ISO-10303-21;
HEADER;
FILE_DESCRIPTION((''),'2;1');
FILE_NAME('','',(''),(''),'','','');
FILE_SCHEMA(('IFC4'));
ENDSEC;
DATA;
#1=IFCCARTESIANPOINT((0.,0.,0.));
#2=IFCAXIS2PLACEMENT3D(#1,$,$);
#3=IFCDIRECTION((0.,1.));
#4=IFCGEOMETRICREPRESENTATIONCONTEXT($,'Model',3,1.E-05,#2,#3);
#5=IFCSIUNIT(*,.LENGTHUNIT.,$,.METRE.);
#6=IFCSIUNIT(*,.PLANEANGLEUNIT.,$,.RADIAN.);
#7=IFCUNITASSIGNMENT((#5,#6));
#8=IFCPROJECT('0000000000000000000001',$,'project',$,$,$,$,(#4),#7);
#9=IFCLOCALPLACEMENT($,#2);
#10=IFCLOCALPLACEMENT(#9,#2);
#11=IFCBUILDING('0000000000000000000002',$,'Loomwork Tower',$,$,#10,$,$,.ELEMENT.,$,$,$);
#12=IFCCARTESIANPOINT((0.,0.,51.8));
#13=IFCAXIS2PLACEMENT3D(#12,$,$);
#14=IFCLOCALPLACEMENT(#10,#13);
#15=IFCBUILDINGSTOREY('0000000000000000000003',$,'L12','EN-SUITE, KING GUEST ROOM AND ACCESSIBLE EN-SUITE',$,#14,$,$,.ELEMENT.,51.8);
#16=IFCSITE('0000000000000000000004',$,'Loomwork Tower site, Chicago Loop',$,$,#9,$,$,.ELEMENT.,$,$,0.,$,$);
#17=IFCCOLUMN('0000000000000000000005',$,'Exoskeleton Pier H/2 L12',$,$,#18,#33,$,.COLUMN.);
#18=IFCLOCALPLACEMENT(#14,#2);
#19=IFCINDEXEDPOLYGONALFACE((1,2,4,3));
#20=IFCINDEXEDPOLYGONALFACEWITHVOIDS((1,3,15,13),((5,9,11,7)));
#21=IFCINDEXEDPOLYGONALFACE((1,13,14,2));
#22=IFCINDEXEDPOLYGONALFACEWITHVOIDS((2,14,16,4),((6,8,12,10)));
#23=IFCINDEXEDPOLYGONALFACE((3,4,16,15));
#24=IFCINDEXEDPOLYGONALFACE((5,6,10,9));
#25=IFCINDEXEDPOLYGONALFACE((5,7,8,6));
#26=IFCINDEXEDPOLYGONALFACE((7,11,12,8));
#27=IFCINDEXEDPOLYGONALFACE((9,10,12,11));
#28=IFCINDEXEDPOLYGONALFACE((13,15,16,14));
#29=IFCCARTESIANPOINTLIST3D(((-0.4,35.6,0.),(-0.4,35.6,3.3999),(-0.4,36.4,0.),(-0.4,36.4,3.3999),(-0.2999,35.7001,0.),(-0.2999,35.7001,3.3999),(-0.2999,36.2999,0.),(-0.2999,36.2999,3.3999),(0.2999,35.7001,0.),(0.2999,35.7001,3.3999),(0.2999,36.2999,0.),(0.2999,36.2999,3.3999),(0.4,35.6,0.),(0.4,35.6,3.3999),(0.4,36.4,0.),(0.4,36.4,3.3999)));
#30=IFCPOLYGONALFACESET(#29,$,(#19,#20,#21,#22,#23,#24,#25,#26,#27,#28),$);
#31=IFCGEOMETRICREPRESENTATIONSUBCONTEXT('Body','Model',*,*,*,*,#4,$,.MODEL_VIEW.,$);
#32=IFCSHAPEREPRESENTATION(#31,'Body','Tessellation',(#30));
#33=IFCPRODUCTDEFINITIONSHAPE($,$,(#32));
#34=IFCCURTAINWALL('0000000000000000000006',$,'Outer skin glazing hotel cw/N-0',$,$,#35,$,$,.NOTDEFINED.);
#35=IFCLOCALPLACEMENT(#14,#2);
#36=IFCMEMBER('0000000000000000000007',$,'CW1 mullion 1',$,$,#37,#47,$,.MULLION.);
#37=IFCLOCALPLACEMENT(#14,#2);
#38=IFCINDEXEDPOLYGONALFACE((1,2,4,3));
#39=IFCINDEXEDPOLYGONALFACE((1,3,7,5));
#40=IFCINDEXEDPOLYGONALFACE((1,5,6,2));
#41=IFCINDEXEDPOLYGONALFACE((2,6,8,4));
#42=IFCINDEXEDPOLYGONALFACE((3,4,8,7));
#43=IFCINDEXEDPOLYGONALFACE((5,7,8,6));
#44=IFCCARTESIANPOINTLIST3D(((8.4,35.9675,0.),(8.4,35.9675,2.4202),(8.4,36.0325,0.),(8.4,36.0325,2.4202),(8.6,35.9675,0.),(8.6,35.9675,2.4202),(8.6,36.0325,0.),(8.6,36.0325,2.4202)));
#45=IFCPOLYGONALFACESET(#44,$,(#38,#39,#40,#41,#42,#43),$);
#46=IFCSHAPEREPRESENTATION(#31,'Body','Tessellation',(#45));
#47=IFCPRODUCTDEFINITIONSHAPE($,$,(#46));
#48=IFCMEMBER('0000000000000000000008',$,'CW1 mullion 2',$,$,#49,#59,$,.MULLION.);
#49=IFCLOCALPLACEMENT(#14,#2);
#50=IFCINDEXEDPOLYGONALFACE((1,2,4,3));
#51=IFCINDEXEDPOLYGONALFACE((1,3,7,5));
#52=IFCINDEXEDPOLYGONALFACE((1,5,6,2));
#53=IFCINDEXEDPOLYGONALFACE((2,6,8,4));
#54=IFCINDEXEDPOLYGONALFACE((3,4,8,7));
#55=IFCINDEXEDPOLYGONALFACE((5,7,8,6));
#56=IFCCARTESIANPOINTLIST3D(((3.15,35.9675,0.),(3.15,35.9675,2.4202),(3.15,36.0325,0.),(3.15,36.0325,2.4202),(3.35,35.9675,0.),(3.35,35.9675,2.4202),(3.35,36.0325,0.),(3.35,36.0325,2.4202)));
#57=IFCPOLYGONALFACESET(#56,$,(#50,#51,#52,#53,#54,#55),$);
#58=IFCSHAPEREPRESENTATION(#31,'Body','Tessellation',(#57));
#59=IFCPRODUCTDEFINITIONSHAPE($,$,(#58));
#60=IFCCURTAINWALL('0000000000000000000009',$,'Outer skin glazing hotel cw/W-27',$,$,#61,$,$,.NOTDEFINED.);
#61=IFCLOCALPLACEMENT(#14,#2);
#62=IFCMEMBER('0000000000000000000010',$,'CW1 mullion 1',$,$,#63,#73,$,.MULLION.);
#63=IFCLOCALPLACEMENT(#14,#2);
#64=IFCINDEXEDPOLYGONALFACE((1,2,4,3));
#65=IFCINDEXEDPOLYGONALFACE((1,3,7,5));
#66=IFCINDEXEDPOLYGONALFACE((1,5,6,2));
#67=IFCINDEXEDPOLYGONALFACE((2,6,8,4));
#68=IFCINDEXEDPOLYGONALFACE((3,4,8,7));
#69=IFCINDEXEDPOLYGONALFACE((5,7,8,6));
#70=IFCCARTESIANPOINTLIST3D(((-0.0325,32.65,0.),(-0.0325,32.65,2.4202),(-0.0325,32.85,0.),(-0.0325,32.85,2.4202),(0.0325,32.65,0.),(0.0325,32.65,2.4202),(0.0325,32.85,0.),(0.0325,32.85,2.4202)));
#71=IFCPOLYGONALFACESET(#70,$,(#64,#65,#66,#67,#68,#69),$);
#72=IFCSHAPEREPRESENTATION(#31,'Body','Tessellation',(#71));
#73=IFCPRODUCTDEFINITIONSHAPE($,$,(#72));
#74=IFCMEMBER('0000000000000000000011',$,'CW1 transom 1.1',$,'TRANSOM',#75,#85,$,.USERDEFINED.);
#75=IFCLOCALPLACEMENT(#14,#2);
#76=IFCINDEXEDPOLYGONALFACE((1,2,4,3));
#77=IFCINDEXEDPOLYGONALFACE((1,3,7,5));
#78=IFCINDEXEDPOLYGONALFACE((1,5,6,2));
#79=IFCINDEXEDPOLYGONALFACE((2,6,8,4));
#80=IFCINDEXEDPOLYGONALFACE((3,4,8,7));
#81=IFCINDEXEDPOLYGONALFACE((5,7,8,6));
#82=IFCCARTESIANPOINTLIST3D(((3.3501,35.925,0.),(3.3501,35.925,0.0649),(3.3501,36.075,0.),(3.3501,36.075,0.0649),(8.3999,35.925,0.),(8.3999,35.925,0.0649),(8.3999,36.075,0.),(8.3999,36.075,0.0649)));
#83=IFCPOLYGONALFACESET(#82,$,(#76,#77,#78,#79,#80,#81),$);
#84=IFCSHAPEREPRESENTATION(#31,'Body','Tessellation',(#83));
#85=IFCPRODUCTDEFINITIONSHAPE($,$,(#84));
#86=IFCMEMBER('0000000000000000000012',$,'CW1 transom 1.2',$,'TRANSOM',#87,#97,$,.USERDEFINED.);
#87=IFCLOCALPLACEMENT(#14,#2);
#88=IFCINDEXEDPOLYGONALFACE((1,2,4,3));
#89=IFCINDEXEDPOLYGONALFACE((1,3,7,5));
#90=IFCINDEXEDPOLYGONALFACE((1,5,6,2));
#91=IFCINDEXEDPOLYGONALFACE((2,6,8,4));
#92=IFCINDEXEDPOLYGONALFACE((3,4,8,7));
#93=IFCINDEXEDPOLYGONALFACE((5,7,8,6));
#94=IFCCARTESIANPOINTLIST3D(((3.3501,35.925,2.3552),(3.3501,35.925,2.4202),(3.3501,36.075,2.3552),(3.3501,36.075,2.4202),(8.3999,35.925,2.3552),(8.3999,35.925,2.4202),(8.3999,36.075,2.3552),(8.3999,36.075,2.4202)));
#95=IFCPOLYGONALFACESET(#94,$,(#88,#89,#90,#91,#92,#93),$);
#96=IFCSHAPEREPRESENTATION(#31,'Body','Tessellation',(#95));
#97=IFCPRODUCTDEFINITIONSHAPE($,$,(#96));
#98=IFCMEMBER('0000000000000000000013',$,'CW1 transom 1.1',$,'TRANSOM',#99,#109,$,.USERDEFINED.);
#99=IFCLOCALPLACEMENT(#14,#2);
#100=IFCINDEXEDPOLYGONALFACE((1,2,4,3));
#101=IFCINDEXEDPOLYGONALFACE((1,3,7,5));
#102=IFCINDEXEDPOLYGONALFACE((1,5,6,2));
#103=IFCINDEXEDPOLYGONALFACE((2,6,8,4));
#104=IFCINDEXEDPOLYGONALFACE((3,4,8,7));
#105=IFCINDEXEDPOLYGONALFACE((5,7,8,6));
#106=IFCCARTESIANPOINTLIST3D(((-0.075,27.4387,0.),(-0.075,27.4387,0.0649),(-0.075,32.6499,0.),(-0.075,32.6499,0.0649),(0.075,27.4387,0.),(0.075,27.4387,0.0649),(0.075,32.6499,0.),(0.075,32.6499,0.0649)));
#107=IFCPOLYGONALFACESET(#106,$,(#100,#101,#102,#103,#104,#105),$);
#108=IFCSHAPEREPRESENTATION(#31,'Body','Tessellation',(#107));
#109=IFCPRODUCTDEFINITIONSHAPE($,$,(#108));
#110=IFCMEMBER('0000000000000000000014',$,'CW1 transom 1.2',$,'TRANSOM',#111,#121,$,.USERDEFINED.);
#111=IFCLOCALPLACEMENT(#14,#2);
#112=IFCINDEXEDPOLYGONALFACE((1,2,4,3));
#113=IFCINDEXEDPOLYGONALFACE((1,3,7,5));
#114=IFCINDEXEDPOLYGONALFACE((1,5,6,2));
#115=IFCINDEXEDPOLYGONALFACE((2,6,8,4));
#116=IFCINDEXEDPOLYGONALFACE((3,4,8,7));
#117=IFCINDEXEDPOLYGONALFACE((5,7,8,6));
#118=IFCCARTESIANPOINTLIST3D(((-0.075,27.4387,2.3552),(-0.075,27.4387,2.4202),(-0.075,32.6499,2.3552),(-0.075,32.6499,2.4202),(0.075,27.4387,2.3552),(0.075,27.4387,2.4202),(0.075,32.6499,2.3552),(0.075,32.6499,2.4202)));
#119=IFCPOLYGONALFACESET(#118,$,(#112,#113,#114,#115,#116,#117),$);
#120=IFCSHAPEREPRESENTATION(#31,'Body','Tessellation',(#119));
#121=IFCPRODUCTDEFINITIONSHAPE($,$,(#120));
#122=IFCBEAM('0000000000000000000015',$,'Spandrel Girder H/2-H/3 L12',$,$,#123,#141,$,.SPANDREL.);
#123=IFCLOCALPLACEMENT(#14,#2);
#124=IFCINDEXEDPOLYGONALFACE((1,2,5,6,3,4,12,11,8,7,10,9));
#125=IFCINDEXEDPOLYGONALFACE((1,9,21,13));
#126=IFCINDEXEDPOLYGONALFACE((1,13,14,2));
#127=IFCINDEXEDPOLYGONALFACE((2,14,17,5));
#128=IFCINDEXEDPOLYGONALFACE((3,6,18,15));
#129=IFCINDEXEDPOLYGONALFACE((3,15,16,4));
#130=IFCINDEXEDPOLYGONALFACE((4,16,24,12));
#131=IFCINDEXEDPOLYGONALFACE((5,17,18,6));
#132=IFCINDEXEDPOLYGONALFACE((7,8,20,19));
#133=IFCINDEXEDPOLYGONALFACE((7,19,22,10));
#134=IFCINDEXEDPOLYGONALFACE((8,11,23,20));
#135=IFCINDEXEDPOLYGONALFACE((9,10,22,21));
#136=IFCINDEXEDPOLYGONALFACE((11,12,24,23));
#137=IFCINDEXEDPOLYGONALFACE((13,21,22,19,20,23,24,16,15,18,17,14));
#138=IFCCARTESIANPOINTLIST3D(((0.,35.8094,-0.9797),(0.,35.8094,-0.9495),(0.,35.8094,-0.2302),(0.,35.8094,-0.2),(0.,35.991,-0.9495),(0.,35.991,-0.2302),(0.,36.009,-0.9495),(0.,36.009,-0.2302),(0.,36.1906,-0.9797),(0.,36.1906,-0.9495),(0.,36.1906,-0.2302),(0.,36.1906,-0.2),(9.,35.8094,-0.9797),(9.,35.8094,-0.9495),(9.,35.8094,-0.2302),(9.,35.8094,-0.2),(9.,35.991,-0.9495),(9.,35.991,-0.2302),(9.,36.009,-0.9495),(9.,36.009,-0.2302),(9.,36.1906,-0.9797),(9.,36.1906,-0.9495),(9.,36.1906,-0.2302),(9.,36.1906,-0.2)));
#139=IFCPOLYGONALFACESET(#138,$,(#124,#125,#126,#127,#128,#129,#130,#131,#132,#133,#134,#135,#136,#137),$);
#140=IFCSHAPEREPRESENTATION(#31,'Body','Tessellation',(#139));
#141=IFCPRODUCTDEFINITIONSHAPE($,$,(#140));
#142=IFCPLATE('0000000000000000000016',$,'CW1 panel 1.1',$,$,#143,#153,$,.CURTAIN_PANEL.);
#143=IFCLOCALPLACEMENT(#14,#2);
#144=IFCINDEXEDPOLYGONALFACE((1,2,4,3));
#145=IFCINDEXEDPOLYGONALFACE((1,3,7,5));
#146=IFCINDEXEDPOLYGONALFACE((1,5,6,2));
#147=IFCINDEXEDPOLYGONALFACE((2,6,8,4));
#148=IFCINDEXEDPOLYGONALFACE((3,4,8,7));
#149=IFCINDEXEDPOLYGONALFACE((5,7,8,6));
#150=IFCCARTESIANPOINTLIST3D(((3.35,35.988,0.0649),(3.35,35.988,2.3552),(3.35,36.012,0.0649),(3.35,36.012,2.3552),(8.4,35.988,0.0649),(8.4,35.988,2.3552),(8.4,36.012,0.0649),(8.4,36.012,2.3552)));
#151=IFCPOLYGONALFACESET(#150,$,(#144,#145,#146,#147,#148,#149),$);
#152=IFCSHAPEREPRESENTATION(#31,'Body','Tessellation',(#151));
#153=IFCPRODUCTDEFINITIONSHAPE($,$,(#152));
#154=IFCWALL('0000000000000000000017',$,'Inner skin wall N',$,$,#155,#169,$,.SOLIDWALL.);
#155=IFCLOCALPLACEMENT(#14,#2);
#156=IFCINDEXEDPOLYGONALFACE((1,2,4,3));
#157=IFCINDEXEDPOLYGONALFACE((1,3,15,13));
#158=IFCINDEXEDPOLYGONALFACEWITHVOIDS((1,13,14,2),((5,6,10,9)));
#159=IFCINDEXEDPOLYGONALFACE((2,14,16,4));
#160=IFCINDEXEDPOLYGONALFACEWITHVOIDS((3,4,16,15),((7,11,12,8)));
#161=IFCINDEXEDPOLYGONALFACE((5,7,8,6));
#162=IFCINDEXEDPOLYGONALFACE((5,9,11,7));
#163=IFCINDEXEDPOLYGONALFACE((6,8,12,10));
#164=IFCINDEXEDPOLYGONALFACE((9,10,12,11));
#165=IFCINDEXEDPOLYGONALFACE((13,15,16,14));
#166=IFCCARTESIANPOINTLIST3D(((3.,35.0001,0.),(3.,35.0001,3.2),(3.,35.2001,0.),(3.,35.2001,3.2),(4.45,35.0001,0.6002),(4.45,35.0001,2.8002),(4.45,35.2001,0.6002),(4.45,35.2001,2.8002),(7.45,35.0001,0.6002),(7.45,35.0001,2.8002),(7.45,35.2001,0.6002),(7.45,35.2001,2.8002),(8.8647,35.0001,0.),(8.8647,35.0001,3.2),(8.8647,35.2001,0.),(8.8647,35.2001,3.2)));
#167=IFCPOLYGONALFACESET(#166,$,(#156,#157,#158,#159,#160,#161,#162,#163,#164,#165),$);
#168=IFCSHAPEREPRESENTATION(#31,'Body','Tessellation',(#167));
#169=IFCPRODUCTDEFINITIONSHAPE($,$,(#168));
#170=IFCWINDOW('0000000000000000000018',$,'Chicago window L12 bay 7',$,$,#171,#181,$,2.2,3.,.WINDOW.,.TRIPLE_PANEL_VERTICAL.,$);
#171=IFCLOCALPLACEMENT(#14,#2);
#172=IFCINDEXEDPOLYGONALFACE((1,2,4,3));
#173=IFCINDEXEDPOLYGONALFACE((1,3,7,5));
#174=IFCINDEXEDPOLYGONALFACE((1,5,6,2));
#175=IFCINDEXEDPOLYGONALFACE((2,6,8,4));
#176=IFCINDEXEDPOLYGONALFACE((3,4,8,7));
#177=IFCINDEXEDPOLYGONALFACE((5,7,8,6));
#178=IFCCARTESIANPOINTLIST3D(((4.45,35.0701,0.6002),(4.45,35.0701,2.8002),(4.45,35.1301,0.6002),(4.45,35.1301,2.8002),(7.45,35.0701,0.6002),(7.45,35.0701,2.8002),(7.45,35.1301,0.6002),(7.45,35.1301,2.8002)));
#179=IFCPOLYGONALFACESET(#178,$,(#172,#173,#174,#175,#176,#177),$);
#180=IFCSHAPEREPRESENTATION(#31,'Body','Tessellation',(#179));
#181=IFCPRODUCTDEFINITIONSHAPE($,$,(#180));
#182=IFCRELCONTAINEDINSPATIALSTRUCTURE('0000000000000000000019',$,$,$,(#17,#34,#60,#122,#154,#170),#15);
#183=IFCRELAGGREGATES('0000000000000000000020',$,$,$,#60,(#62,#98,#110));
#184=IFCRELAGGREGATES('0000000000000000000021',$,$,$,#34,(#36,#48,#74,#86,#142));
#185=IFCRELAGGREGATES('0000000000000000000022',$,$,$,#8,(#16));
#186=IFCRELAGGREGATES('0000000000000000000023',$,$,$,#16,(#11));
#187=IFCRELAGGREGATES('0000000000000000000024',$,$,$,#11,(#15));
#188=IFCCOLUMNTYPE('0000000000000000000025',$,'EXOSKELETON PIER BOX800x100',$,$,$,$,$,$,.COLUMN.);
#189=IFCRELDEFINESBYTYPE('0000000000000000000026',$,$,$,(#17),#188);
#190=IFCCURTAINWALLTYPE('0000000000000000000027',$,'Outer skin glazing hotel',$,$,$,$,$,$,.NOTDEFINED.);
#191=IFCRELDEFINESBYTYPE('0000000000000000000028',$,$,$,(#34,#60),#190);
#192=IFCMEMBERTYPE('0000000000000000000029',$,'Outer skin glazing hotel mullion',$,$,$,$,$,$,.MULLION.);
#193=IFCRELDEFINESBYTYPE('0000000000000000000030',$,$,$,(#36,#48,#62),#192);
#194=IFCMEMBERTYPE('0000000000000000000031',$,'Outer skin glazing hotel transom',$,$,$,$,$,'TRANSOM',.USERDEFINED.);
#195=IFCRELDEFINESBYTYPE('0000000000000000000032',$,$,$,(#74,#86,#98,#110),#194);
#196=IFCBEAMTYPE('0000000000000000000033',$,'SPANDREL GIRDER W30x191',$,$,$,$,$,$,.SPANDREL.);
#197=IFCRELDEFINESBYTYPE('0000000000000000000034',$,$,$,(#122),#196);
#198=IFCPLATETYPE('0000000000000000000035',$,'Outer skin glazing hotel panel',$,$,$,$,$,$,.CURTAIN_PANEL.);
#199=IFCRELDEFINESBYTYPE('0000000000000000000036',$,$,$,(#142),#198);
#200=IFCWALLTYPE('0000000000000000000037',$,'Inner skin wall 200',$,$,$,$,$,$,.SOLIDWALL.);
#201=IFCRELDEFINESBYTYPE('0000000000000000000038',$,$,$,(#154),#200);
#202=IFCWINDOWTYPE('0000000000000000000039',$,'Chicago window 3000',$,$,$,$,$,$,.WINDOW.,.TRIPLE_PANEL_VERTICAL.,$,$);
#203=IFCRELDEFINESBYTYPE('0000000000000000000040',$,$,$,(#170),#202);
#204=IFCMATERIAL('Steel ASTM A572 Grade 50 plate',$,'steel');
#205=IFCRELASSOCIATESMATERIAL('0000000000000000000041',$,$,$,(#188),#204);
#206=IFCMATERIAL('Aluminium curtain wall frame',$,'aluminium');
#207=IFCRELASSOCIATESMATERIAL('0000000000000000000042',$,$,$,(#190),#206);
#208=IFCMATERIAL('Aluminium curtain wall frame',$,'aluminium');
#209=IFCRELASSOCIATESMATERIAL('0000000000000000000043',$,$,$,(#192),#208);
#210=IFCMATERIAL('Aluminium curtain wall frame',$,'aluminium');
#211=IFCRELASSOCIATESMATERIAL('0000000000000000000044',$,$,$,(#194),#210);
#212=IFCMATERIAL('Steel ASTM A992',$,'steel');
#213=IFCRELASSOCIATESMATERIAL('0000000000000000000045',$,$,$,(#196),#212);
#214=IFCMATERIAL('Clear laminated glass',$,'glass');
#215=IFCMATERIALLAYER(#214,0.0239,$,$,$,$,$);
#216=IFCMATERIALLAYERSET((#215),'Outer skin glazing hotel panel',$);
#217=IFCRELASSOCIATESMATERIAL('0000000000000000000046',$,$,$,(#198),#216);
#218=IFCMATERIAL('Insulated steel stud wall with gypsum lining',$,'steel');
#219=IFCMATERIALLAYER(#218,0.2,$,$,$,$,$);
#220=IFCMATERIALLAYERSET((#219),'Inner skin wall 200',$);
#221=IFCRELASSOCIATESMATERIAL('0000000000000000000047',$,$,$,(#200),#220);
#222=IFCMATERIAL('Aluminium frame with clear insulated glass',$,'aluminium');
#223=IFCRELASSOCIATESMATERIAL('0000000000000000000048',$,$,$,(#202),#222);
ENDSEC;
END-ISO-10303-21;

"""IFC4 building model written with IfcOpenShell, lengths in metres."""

from ifc_helpers import new_model, si_unit, direction, frame, frame_2d, origin, origin_2d, place, context, subcontext, project, spatial, rectangle, hollow_rectangle, i_section, extrude, material, layer, layer_set, material_profile, profile_set, type_object, element, fill, aggregate, save


model = new_model("IFC4")

# Units and contexts
model_context = context("Model", 3, precision=1e-05, world=origin(), true_north=direction((0.0, 1.0)))
body_context = subcontext(model_context, "Body", "Model", "MODEL_VIEW")
ifc_project = project(units=[si_unit("LENGTHUNIT", "METRE"), si_unit("PLANEANGLEUNIT", "RADIAN")], contexts=[model_context])

# Site, building, storey
site_placement = place(None, origin())
site = spatial("IfcSite", under=ifc_project, at=site_placement, Name="Loomwork Tower site, Chicago Loop", CompositionType="ELEMENT", RefElevation=0.0)
building_placement = place(site_placement, origin())
building = spatial("IfcBuilding", under=site, at=building_placement, Name="Loomwork Tower", CompositionType="ELEMENT")
storey_placement = place(building_placement, frame((0.0, 0.0, 51.8)))
storey = spatial("IfcBuildingStorey", under=building, at=storey_placement, Name="L12", Description="EN-SUITE, KING GUEST ROOM AND ACCESSIBLE EN-SUITE", CompositionType="ELEMENT", Elevation=51.8)

# Column
ifc_material_1 = material(Name="Steel ASTM A572 Grade 50 plate", Category="steel")
ifc_material_profile_1 = material_profile(ifc_material_1, hollow_rectangle(XDim=0.8, YDim=0.8, WallThickness=0.1001, at=origin_2d()), Name="BOX800x100")
ifc_profile_set_1 = profile_set([ifc_material_profile_1], Name="Steel ASTM A572 Grade 50 plate")
column_type = type_object("IfcColumnType", Name="EXOSKELETON PIER BOX800x100", PredefinedType="COLUMN", material=ifc_profile_set_1)
column_placement = place(storey_placement, frame((0.0, 36.0, 0.0), z_axis=(0.0, 0.0, 1.0), x_axis=(1.0, 0.0, 0.0)))
element("IfcColumn", 1, at=column_placement, inside=storey, type_object=column_type, Name="Exoskeleton Pier H/2 L12", PredefinedType="COLUMN", context=body_context, shape_type="SweptSolid", body=[
    extrude(hollow_rectangle(XDim=0.8, YDim=0.8, WallThickness=0.1001, at=origin_2d()), origin(), (0.0, 0.0, 1.0), 3.3999),
])

# Curtain wall, members
ifc_material_2 = material(Name="Aluminium curtain wall frame", Category="aluminium")
curtain_wall_type = type_object("IfcCurtainWallType", Name="Outer skin glazing hotel", PredefinedType="NOTDEFINED", material=ifc_material_2)
curtain_wall_1_placement = place(storey_placement, origin())
curtain_wall_1 = element("IfcCurtainWall", 2, at=curtain_wall_1_placement, inside=storey, type_object=curtain_wall_type, Name="Outer skin glazing hotel cw/N-0", PredefinedType="NOTDEFINED")
ifc_material_3 = material(Name="Aluminium curtain wall frame", Category="aluminium")
ifc_material_profile_2 = material_profile(ifc_material_3, rectangle(XDim=0.0649, YDim=0.2, at=origin_2d()), Name="AL 65x200")
ifc_profile_set_2 = profile_set([ifc_material_profile_2], Name="Aluminium curtain wall frame")
member_type_1 = type_object("IfcMemberType", Name="Outer skin glazing hotel mullion", PredefinedType="MULLION", material=ifc_profile_set_2)
member_1_placement = place(storey_placement, frame((8.5, 36.0, 0.0), z_axis=(0.0, 0.0, 1.0), x_axis=(0.0, -1.0, 0.0)))
member_1 = element("IfcMember", 3, at=member_1_placement, type_object=member_type_1, Name="CW1 mullion 1", PredefinedType="MULLION", context=body_context, shape_type="SweptSolid", body=[
    extrude(rectangle(XDim=0.0649, YDim=0.2, at=origin_2d()), origin(), (0.0, 0.0, 1.0), 2.4202),
])
member_2_placement = place(storey_placement, frame((3.25, 36.0, 0.0), z_axis=(0.0, 0.0, 1.0), x_axis=(0.0, -1.0, 0.0)))
member_2 = element("IfcMember", 4, at=member_2_placement, type_object=member_type_1, Name="CW1 mullion 2", PredefinedType="MULLION", context=body_context, shape_type="SweptSolid", body=[
    extrude(rectangle(XDim=0.0649, YDim=0.2, at=origin_2d()), origin(), (0.0, 0.0, 1.0), 2.4202),
])

# Curtain wall, member
curtain_wall_2_placement = place(storey_placement, origin())
curtain_wall_2 = element("IfcCurtainWall", 5, at=curtain_wall_2_placement, inside=storey, type_object=curtain_wall_type, Name="Outer skin glazing hotel cw/W-27", PredefinedType="NOTDEFINED")
member_3_placement = place(storey_placement, frame((0.0, 32.75, 0.0), z_axis=(0.0, 0.0, 1.0), x_axis=(1.0, 0.0, 0.0)))
member_3 = element("IfcMember", 6, at=member_3_placement, type_object=member_type_1, Name="CW1 mullion 1", PredefinedType="MULLION", context=body_context, shape_type="SweptSolid", body=[
    extrude(rectangle(XDim=0.0649, YDim=0.2, at=origin_2d()), origin(), (0.0, 0.0, 1.0), 2.4202),
])

# Members
ifc_material_4 = material(Name="Aluminium curtain wall frame", Category="aluminium")
ifc_material_profile_3 = material_profile(ifc_material_4, rectangle(XDim=0.1499, YDim=0.0649, at=origin_2d()), Name="AL 65x150")
ifc_profile_set_3 = profile_set([ifc_material_profile_3], Name="Aluminium curtain wall frame")
member_type_2 = type_object("IfcMemberType", Name="Outer skin glazing hotel transom", ElementType="TRANSOM", PredefinedType="USERDEFINED", material=ifc_profile_set_3)
member_4_placement = place(storey_placement, frame((8.3999, 36.0, 0.0325), z_axis=(-1.0, 0.0, 0.0), x_axis=(0.0, -1.0, 0.0)))
member_4 = element("IfcMember", 7, at=member_4_placement, type_object=member_type_2, Name="CW1 transom 1.1", ObjectType="TRANSOM", PredefinedType="USERDEFINED", context=body_context, shape_type="SweptSolid", body=[
    extrude(rectangle(XDim=0.1499, YDim=0.0649, at=origin_2d()), origin(), (0.0, 0.0, 1.0), 5.0498),
])
member_5_placement = place(storey_placement, frame((8.3999, 36.0, 2.3877), z_axis=(-1.0, 0.0, 0.0), x_axis=(0.0, -1.0, 0.0)))
member_5 = element("IfcMember", 8, at=member_5_placement, type_object=member_type_2, Name="CW1 transom 1.2", ObjectType="TRANSOM", PredefinedType="USERDEFINED", context=body_context, shape_type="SweptSolid", body=[
    extrude(rectangle(XDim=0.1499, YDim=0.0649, at=origin_2d()), origin(), (0.0, 0.0, 1.0), 5.0498),
])
member_6_placement = place(storey_placement, frame((0.0, 32.6499, 0.0325), z_axis=(0.0, -1.0, 0.0), x_axis=(1.0, 0.0, 0.0)))
member_6 = element("IfcMember", 9, at=member_6_placement, type_object=member_type_2, Name="CW1 transom 1.1", ObjectType="TRANSOM", PredefinedType="USERDEFINED", context=body_context, shape_type="SweptSolid", body=[
    extrude(rectangle(XDim=0.1499, YDim=0.0649, at=origin_2d()), origin(), (0.0, 0.0, 1.0), 5.2112),
])
member_7_placement = place(storey_placement, frame((0.0, 32.6499, 2.3877), z_axis=(0.0, -1.0, 0.0), x_axis=(1.0, 0.0, 0.0)))
member_7 = element("IfcMember", 10, at=member_7_placement, type_object=member_type_2, Name="CW1 transom 1.2", ObjectType="TRANSOM", PredefinedType="USERDEFINED", context=body_context, shape_type="SweptSolid", body=[
    extrude(rectangle(XDim=0.1499, YDim=0.0649, at=origin_2d()), origin(), (0.0, 0.0, 1.0), 5.2112),
])
aggregate(curtain_wall_2, [member_3, member_6, member_7])

# Beam
ifc_material_5 = material(Name="Steel ASTM A992", Category="steel")
ifc_material_profile_4 = material_profile(ifc_material_5, i_section(OverallWidth=0.3811, OverallDepth=0.7798, WebThickness=0.0181, FlangeThickness=0.0303, at=origin_2d()), Name="W30x191")
ifc_profile_set_4 = profile_set([ifc_material_profile_4], Name="Steel ASTM A992")
beam_type = type_object("IfcBeamType", Name="SPANDREL GIRDER W30x191", PredefinedType="SPANDREL", material=ifc_profile_set_4)
beam_placement = place(storey_placement, frame((0.0, 36.0, -0.5898), z_axis=(1.0, 0.0, 0.0), x_axis=(0.0, 1.0, 0.0)))
element("IfcBeam", 11, at=beam_placement, inside=storey, type_object=beam_type, Name="Spandrel Girder H/2-H/3 L12", PredefinedType="SPANDREL", context=body_context, shape_type="SweptSolid", body=[
    extrude(i_section(OverallWidth=0.3811, OverallDepth=0.7798, WebThickness=0.0181, FlangeThickness=0.0303, at=origin_2d()), origin(), (0.0, 0.0, 1.0), 9.0),
])

# Plate
ifc_material_6 = material(Name="Clear laminated glass", Category="glass")
ifc_layer_1 = layer(ifc_material_6, 0.0239)
ifc_layer_set_1 = layer_set([ifc_layer_1], Name="Outer skin glazing hotel panel")
plate_type = type_object("IfcPlateType", Name="Outer skin glazing hotel panel", PredefinedType="CURTAIN_PANEL", material=ifc_layer_set_1)
plate_placement = place(storey_placement, frame((5.875, 36.0, 0.0649), z_axis=(0.0, 0.0, 1.0), x_axis=(-1.0, 0.0, 0.0)))
plate = element("IfcPlate", 12, at=plate_placement, type_object=plate_type, Name="CW1 panel 1.1", PredefinedType="CURTAIN_PANEL", context=body_context, shape_type="SweptSolid", body=[
    extrude(rectangle(XDim=5.05, YDim=0.0239, at=origin_2d()), origin(), (0.0, 0.0, 1.0), 2.2903),
])
aggregate(curtain_wall_1, [member_1, member_2, member_4, member_5, plate])

# Wall, opening, window
ifc_material_7 = material(Name="Insulated steel stud wall with gypsum lining", Category="steel")
ifc_layer_2 = layer(ifc_material_7, 0.2)
ifc_layer_set_2 = layer_set([ifc_layer_2], Name="Inner skin wall 200")
wall_type_1 = type_object("IfcWallType", Name="Inner skin wall 200", PredefinedType="SOLIDWALL", material=ifc_layer_set_2)
wall_1_placement = place(storey_placement, frame((3.0, 35.1001, 0.0), z_axis=(0.0, 0.0, 1.0), x_axis=(1.0, 0.0, 0.0)))
wall_1 = element("IfcWall", 13, at=wall_1_placement, inside=storey, type_object=wall_type_1, Name="Inner skin wall N", PredefinedType="SOLIDWALL", context=body_context, shape_type="SweptSolid", body=[
    extrude(rectangle(XDim=5.8647, YDim=0.2, at=frame_2d((2.9324, 0.0))), origin(), (0.0, 0.0, 1.0), 3.2),
])
opening_1_placement = place(wall_1_placement, frame((1.45, 0.0, 0.6001)))
opening_1 = element("IfcOpeningElement", 14, at=opening_1_placement, cuts=wall_1, PredefinedType="OPENING", context=body_context, shape_type="SweptSolid", body=[
    extrude(rectangle(XDim=3.0, YDim=2.2, at=frame_2d((1.5, 1.1001))), frame((0.0, 0.1099, 0.0), z_axis=(0.0, -1.0, 0.0), x_axis=(1.0, 0.0, 0.0)), (0.0, 0.0, 1.0), 0.22),
])
ifc_material_8 = material(Name="Aluminium frame with clear insulated glass", Category="aluminium")
window_type_1 = type_object("IfcWindowType", Name="Chicago window 3000", PartitioningType="TRIPLE_PANEL_VERTICAL", PredefinedType="WINDOW", material=ifc_material_8)
window_1_placement = place(opening_1_placement, origin())
window_1 = element("IfcWindow", 15, at=window_1_placement, inside=storey, type_object=window_type_1, Name="Chicago window L12 bay 7", OverallHeight=2.2, OverallWidth=3.0, PartitioningType="TRIPLE_PANEL_VERTICAL", PredefinedType="WINDOW", context=body_context, shape_type="SweptSolid", body=[
    extrude(rectangle(XDim=3.0, YDim=2.2, at=frame_2d((1.5, 1.1001))), frame((0.0, 0.03, 0.0), z_axis=(0.0, -1.0, 0.0), x_axis=(1.0, 0.0, 0.0)), (0.0, 0.0, 1.0), 0.0601),
])
fill(opening_1, window_1)

save(model, "model.ifc")
